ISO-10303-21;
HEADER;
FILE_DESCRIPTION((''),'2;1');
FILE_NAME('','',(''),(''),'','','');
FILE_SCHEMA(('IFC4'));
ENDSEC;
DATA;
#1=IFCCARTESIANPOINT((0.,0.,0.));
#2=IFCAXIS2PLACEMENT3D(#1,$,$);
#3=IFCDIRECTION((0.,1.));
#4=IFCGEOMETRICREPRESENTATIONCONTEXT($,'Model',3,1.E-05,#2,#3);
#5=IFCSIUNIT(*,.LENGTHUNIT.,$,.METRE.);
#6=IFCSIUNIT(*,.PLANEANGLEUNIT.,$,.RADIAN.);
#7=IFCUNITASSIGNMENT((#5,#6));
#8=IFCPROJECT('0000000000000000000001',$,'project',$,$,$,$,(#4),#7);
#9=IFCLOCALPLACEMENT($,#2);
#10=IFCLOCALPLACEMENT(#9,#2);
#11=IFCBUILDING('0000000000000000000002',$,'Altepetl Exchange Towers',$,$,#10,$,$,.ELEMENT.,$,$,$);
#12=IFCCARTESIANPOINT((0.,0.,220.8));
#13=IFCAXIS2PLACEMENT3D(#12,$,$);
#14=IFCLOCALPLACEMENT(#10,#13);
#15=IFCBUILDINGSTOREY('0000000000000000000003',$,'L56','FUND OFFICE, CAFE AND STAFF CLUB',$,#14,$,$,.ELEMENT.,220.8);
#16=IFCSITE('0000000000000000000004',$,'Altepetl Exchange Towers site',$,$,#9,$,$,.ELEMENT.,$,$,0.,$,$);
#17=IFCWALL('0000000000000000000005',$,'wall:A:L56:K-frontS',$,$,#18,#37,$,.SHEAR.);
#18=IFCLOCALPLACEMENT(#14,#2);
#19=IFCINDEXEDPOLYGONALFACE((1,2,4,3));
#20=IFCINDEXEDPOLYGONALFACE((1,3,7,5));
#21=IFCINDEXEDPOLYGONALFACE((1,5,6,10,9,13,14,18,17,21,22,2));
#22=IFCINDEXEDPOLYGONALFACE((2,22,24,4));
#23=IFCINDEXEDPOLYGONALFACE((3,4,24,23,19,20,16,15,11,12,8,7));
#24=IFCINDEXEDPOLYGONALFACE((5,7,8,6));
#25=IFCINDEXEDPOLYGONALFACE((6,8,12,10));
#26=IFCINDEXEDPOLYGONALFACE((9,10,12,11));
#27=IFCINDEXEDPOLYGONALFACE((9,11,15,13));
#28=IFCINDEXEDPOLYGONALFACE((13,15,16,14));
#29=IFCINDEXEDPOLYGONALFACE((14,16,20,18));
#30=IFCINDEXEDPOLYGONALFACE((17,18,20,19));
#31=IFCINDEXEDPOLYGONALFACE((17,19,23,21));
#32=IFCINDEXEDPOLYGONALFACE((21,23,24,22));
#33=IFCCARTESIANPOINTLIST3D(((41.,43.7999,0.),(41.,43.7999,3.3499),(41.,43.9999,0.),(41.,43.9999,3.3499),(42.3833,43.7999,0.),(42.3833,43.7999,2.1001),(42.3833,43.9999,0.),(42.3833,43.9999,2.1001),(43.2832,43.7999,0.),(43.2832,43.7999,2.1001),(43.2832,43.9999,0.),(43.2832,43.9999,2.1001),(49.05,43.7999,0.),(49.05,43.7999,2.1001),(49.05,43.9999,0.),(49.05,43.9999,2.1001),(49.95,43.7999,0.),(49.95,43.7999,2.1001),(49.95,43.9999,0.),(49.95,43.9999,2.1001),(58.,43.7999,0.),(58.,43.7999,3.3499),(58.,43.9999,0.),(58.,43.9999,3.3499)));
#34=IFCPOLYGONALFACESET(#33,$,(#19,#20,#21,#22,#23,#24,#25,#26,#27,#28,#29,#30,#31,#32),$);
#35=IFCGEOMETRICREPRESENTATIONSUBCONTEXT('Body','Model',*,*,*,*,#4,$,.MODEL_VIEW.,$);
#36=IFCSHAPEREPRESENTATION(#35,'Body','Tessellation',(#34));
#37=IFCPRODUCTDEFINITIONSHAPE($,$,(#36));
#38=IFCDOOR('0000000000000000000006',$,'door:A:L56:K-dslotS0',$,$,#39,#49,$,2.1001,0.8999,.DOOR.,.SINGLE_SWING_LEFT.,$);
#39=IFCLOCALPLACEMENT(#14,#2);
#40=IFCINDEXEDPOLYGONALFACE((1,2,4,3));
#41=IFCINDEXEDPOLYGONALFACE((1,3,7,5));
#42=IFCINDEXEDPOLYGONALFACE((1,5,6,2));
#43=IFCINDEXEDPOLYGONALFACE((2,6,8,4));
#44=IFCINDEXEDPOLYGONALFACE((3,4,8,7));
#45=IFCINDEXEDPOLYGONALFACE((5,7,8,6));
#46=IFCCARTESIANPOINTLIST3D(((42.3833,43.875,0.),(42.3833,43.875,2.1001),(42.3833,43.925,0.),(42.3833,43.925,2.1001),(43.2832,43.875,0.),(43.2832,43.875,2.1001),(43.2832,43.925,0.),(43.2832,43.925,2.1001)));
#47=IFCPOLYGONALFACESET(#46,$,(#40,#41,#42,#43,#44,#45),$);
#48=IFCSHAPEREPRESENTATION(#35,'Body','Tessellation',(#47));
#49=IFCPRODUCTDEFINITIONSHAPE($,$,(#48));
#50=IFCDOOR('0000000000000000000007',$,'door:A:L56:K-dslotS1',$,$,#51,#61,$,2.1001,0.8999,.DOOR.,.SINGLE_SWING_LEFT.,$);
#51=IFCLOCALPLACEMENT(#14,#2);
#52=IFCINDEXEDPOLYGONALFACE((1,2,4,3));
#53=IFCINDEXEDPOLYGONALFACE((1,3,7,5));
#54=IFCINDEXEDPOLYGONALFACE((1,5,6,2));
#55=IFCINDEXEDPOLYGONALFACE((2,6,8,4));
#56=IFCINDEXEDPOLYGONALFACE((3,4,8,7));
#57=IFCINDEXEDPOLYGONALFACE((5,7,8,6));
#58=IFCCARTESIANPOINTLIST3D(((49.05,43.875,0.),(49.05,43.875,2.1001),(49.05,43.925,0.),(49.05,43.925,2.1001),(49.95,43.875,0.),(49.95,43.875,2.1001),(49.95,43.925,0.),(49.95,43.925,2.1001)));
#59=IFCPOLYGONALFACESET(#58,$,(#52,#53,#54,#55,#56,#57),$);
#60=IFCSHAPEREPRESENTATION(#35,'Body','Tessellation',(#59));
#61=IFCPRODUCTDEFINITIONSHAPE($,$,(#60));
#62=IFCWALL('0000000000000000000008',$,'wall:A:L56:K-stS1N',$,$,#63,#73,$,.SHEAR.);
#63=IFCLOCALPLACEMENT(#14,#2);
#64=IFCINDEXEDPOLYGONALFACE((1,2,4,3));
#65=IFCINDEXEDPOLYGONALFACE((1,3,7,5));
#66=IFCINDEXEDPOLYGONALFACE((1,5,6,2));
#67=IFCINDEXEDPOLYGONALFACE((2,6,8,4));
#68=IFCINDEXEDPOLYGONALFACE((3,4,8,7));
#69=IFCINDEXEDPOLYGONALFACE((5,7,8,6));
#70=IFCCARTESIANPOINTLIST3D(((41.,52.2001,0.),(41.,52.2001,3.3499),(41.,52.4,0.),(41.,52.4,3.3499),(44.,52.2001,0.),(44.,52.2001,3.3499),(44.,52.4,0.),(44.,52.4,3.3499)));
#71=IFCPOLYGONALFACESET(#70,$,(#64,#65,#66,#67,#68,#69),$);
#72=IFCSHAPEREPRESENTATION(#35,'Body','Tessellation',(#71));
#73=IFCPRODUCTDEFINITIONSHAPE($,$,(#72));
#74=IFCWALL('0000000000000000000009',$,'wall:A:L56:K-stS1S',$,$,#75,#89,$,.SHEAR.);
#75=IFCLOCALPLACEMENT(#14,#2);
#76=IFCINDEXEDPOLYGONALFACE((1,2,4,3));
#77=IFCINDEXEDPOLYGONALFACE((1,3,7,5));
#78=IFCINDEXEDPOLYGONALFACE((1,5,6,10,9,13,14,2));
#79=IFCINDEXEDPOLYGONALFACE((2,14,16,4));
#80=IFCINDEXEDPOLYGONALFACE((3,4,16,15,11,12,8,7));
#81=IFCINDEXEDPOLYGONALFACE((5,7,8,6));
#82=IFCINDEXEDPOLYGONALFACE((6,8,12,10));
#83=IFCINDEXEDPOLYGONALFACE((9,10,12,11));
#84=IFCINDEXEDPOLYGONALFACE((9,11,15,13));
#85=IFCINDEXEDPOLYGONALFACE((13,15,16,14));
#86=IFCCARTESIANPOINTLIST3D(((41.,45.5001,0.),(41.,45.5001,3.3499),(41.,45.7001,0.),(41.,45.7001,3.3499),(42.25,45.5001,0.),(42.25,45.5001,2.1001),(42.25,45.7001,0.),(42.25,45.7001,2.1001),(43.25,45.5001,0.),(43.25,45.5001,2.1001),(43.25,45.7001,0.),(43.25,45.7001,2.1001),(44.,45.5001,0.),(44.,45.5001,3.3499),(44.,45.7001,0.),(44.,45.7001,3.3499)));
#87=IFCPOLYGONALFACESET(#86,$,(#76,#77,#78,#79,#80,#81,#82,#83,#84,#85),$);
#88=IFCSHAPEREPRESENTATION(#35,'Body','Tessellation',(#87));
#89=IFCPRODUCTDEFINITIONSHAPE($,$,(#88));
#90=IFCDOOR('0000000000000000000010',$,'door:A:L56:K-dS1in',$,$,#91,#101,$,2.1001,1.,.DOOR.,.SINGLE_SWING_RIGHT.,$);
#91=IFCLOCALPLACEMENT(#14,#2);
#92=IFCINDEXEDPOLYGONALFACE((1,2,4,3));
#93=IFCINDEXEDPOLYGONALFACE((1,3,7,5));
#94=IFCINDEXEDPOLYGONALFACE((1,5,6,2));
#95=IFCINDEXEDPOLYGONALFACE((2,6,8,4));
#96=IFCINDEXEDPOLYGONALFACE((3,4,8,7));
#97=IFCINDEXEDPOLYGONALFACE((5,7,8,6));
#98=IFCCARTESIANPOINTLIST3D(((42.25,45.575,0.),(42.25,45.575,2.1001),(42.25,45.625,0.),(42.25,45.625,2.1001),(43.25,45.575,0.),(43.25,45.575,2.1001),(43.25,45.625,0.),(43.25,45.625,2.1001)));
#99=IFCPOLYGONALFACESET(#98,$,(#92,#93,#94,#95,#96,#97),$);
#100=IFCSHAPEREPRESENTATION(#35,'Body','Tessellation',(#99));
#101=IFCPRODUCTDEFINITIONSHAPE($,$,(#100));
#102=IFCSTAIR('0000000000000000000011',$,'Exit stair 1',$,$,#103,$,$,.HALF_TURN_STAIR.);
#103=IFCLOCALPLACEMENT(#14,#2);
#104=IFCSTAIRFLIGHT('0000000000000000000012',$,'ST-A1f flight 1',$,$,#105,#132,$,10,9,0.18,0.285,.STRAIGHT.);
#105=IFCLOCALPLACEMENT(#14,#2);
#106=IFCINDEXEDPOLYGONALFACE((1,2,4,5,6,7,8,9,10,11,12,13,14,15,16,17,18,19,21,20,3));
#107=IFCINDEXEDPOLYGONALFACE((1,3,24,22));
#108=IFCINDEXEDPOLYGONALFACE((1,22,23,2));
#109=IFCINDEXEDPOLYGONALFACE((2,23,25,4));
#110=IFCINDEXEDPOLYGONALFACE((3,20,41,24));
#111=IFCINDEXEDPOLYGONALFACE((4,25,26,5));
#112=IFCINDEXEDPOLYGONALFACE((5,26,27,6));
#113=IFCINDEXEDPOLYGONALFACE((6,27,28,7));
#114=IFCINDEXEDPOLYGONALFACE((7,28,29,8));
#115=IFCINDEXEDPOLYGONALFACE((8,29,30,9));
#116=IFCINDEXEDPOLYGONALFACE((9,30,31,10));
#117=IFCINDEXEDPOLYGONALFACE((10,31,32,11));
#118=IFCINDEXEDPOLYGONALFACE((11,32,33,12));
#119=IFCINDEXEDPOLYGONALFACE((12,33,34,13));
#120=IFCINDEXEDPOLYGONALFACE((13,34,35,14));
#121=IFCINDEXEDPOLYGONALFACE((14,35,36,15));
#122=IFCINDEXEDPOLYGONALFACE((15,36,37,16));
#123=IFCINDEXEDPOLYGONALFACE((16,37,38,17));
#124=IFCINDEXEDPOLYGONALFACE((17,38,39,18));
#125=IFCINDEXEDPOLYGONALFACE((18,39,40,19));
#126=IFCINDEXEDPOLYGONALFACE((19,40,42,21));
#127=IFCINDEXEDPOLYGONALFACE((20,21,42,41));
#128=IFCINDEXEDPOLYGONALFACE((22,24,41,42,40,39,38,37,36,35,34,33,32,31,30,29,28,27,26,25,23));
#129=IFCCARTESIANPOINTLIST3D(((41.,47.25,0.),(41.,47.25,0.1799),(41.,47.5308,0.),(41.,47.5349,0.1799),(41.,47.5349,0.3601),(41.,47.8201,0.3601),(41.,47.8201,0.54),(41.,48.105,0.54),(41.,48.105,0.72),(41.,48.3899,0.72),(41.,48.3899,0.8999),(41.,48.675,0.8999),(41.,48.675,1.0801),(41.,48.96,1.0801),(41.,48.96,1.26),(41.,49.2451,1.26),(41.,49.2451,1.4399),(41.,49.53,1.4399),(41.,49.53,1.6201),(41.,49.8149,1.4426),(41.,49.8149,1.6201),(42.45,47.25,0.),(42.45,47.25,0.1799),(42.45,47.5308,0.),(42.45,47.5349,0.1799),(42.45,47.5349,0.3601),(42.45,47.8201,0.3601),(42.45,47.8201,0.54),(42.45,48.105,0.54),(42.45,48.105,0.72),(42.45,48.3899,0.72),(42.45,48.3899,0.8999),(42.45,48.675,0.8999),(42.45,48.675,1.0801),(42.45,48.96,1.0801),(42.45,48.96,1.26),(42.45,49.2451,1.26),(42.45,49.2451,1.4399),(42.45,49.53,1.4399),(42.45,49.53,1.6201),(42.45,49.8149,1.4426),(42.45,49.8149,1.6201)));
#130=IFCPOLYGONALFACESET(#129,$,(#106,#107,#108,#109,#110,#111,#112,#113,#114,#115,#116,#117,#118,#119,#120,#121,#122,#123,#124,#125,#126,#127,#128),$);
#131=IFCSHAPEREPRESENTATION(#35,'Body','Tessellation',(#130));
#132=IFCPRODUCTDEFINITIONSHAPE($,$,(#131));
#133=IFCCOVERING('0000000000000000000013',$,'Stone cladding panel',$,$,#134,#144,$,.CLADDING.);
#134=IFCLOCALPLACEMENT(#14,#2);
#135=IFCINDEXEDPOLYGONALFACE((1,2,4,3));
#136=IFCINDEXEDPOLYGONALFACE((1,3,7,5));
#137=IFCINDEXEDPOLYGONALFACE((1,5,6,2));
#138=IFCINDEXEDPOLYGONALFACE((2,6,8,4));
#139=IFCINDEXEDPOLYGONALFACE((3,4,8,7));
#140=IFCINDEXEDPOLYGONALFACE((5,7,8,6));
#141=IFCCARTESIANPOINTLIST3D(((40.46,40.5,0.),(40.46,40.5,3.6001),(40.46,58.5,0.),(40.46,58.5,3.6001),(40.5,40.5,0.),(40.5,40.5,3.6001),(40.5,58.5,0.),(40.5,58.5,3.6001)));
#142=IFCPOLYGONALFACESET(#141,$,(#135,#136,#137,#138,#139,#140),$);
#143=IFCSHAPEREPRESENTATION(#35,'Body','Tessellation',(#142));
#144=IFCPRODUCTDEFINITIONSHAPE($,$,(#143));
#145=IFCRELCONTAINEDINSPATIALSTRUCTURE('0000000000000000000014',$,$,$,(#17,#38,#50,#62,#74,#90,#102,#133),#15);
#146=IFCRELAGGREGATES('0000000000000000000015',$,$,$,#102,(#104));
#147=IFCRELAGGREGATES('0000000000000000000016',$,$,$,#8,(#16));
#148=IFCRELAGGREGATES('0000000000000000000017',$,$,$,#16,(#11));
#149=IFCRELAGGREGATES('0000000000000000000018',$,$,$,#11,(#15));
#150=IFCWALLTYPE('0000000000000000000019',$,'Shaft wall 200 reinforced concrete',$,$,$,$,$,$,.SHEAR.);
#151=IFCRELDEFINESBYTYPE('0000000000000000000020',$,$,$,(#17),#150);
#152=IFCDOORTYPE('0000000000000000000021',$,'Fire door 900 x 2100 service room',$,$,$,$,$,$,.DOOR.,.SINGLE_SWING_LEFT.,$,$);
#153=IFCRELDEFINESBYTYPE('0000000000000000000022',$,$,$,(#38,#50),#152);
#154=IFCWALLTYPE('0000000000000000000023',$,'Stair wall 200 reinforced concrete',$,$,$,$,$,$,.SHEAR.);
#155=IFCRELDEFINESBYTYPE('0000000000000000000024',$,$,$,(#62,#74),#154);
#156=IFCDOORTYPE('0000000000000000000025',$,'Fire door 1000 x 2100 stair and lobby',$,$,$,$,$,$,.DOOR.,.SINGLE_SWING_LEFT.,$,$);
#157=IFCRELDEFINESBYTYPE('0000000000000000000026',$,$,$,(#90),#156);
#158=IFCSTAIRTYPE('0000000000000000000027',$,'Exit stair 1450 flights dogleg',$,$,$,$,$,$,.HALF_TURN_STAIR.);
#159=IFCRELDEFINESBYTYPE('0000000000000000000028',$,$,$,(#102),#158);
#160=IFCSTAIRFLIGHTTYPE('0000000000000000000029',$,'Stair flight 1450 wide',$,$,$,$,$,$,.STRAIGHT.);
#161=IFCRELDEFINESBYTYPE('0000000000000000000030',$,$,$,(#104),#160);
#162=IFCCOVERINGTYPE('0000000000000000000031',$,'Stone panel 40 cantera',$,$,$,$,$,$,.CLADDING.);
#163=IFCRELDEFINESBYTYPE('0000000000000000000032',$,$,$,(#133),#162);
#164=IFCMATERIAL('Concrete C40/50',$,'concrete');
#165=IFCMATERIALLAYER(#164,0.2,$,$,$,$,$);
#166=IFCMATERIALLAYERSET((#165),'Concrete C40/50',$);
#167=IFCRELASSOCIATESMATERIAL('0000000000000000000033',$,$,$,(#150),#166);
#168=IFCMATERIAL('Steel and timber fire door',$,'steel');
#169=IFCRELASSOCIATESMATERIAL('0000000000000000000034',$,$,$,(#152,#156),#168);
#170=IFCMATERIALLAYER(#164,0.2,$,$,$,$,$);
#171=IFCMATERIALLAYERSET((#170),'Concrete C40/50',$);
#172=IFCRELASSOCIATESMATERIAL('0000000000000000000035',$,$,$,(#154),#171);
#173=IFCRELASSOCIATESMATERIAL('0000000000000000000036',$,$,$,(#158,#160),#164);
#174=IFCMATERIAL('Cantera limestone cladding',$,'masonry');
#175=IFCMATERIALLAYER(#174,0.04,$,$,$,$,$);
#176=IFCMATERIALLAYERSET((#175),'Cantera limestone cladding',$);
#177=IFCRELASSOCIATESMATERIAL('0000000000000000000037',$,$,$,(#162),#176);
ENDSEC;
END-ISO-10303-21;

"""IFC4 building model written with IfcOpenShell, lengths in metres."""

from ifc_helpers import new_model, si_unit, direction, frame, frame_2d, origin, origin_2d, place, context, subcontext, project, spatial, polyline, rectangle, outline, extrude, material, layer, layer_set, type_object, element, fill, aggregate, save


model = new_model("IFC4")

# Units and contexts
model_context = context("Model", 3, precision=1e-05, world=origin(), true_north=direction((0.0, 1.0)))
body_context = subcontext(model_context, "Body", "Model", "MODEL_VIEW")
ifc_project = project(units=[si_unit("LENGTHUNIT", "METRE"), si_unit("PLANEANGLEUNIT", "RADIAN")], contexts=[model_context])

# Site, building, storey
site_placement = place(None, origin())
site = spatial("IfcSite", under=ifc_project, at=site_placement, Name="Altepetl Exchange Towers site", CompositionType="ELEMENT", RefElevation=0.0)
building_placement = place(site_placement, origin())
building = spatial("IfcBuilding", under=site, at=building_placement, Name="Altepetl Exchange Towers", CompositionType="ELEMENT")
storey_placement = place(building_placement, frame((0.0, 0.0, 220.8)))
storey = spatial("IfcBuildingStorey", under=building, at=storey_placement, Name="L56", Description="FUND OFFICE, CAFE AND STAFF CLUB", CompositionType="ELEMENT", Elevation=220.8)

# Wall, openings, doors
ifc_material_1 = material(Name="Concrete C40/50", Category="concrete")
ifc_layer_1 = layer(ifc_material_1, 0.2)
ifc_layer_set_1 = layer_set([ifc_layer_1], Name="Concrete C40/50")
wall_type_1 = type_object("IfcWallType", Name="Shaft wall 200 reinforced concrete", PredefinedType="SHEAR", material=ifc_layer_set_1)
wall_1_placement = place(storey_placement, frame((41.0, 43.8999, 0.0)))
wall_1 = element("IfcWall", 1, at=wall_1_placement, inside=storey, type_object=wall_type_1, Name="wall:A:L56:K-frontS", PredefinedType="SHEAR", context=body_context, shape_type="SweptSolid", body=[
    extrude(rectangle(XDim=17.0, YDim=0.2, at=frame_2d((8.5, 0.0))), origin(), (0.0, 0.0, 1.0), 3.3499),
])
opening_1_placement = place(wall_1_placement, frame((1.3833, 0.0, 0.0)))
opening_1 = element("IfcOpeningElement", 2, at=opening_1_placement, cuts=wall_1, PredefinedType="OPENING", context=body_context, shape_type="SweptSolid", body=[
    extrude(rectangle(XDim=0.8999, YDim=2.1001, at=frame_2d((0.45, 1.05))), frame((0.0, 0.1099, 0.0), z_axis=(0.0, -1.0, 0.0), x_axis=(1.0, 0.0, 0.0)), (0.0, 0.0, 1.0), 0.22),
])
opening_2_placement = place(wall_1_placement, frame((8.05, 0.0, 0.0)))
opening_2 = element("IfcOpeningElement", 3, at=opening_2_placement, cuts=wall_1, PredefinedType="OPENING", context=body_context, shape_type="SweptSolid", body=[
    extrude(rectangle(XDim=0.8999, YDim=2.1001, at=frame_2d((0.45, 1.05))), frame((0.0, 0.1099, 0.0), z_axis=(0.0, -1.0, 0.0), x_axis=(1.0, 0.0, 0.0)), (0.0, 0.0, 1.0), 0.22),
])
ifc_material_2 = material(Name="Steel and timber fire door", Category="steel")
door_type_1 = type_object("IfcDoorType", Name="Fire door 900 x 2100 service room", OperationType="SINGLE_SWING_LEFT", PredefinedType="DOOR", material=ifc_material_2)
door_1_placement = place(opening_1_placement, frame((0.8999, 0.0, 0.0), x_axis=(-1.0, 0.0, 0.0)))
door_1 = element("IfcDoor", 4, at=door_1_placement, inside=storey, type_object=door_type_1, Name="door:A:L56:K-dslotS0", OperationType="SINGLE_SWING_LEFT", OverallHeight=2.1001, OverallWidth=0.8999, PredefinedType="DOOR", context=body_context, shape_type="SweptSolid", body=[
    extrude(rectangle(XDim=0.8999, YDim=2.1001, at=frame_2d((0.45, 1.05))), frame((0.0, 0.0249, 0.0), z_axis=(0.0, -1.0, 0.0), x_axis=(1.0, 0.0, 0.0)), (0.0, 0.0, 1.0), 0.05),
])
fill(opening_1, door_1)
door_2_placement = place(opening_2_placement, frame((0.8999, 0.0, 0.0), x_axis=(-1.0, 0.0, 0.0)))
door_2 = element("IfcDoor", 5, at=door_2_placement, inside=storey, type_object=door_type_1, Name="door:A:L56:K-dslotS1", OperationType="SINGLE_SWING_LEFT", OverallHeight=2.1001, OverallWidth=0.8999, PredefinedType="DOOR", context=body_context, shape_type="SweptSolid", body=[
    extrude(rectangle(XDim=0.8999, YDim=2.1001, at=frame_2d((0.45, 1.05))), frame((0.0, 0.0249, 0.0), z_axis=(0.0, -1.0, 0.0), x_axis=(1.0, 0.0, 0.0)), (0.0, 0.0, 1.0), 0.05),
])
fill(opening_2, door_2)

# Wall
ifc_layer_2 = layer(ifc_material_1, 0.2)
ifc_layer_set_2 = layer_set([ifc_layer_2], Name="Concrete C40/50")
wall_type_2 = type_object("IfcWallType", Name="Stair wall 200 reinforced concrete", PredefinedType="SHEAR", material=ifc_layer_set_2)
wall_2_placement = place(storey_placement, frame((41.0, 52.3, 0.0)))
element("IfcWall", 6, at=wall_2_placement, inside=storey, type_object=wall_type_2, Name="wall:A:L56:K-stS1N", PredefinedType="SHEAR", context=body_context, shape_type="SweptSolid", body=[
    extrude(rectangle(XDim=3.0, YDim=0.2, at=frame_2d((1.5, 0.0))), origin(), (0.0, 0.0, 1.0), 3.3499),
])

# Wall, opening, door
wall_3_placement = place(storey_placement, frame((41.0, 45.6001, 0.0)))
wall_3 = element("IfcWall", 7, at=wall_3_placement, inside=storey, type_object=wall_type_2, Name="wall:A:L56:K-stS1S", PredefinedType="SHEAR", context=body_context, shape_type="SweptSolid", body=[
    extrude(rectangle(XDim=3.0, YDim=0.2, at=frame_2d((1.5, 0.0))), origin(), (0.0, 0.0, 1.0), 3.3499),
])
opening_3_placement = place(wall_3_placement, frame((1.25, 0.0, 0.0)))
opening_3 = element("IfcOpeningElement", 8, at=opening_3_placement, cuts=wall_3, PredefinedType="OPENING", context=body_context, shape_type="SweptSolid", body=[
    extrude(rectangle(XDim=1.0, YDim=2.1001, at=frame_2d((0.5, 1.05))), frame((0.0, 0.1099, 0.0), z_axis=(0.0, -1.0, 0.0), x_axis=(1.0, 0.0, 0.0)), (0.0, 0.0, 1.0), 0.22),
])
door_type_2 = type_object("IfcDoorType", Name="Fire door 1000 x 2100 stair and lobby", OperationType="SINGLE_SWING_LEFT", PredefinedType="DOOR", material=ifc_material_2)
door_3_placement = place(opening_3_placement, origin())
door_3 = element("IfcDoor", 9, at=door_3_placement, inside=storey, type_object=door_type_2, Name="door:A:L56:K-dS1in", OperationType="SINGLE_SWING_RIGHT", OverallHeight=2.1001, OverallWidth=1.0, PredefinedType="DOOR", context=body_context, shape_type="SweptSolid", body=[
    extrude(rectangle(XDim=1.0, YDim=2.1001, at=frame_2d((0.5, 1.05))), frame((0.0, 0.0249, 0.0), z_axis=(0.0, -1.0, 0.0), x_axis=(1.0, 0.0, 0.0)), (0.0, 0.0, 1.0), 0.05),
])
fill(opening_3, door_3)

# Stair, stair flight
stair_type = type_object("IfcStairType", Name="Exit stair 1450 flights dogleg", PredefinedType="HALF_TURN_STAIR", material=ifc_material_1)
stair_placement = place(storey_placement, origin())
stair = element("IfcStair", 10, at=stair_placement, inside=storey, type_object=stair_type, Name="Exit stair 1", PredefinedType="HALF_TURN_STAIR")
stair_flight_type = type_object("IfcStairFlightType", Name="Stair flight 1450 wide", PredefinedType="STRAIGHT", material=ifc_material_1)
stair_flight_placement = place(storey_placement, frame((41.7251, 47.25, 0.0), z_axis=(0.0, 0.0, 1.0), x_axis=(0.0, 1.0, 0.0)))
stair_flight = element("IfcStairFlight", 11, at=stair_flight_placement, type_object=stair_flight_type, Name="ST-A1f flight 1", NumberOfRisers=10, NumberOfTreads=9, PredefinedType="STRAIGHT", RiserHeight=0.18, TreadLength=0.285, context=body_context, shape_type="SweptSolid", body=[
    extrude(outline(polyline([(0.0, 0.0), (0.0, 0.1799), (0.2849, 0.1799), (0.2849, 0.3601), (0.5701, 0.3601), (0.5701, 0.54), (0.855, 0.54), (0.855, 0.72), (1.1399, 0.72), (1.1399, 0.8999), (1.425, 0.8999), (1.425, 1.0801), (1.71, 1.0801), (1.71, 1.26), (1.9951, 1.26), (1.9951, 1.4399), (2.28, 1.4399), (2.28, 1.6201), (2.5649, 1.6201), (2.5649, 1.8), (2.5649, 1.4426), (0.2808, 0.0), (0.0, 0.0)])), frame((0.0, 0.7251, 0.0), z_axis=(0.0, -1.0, 0.0), x_axis=(1.0, 0.0, 0.0)), (0.0, 0.0, 1.0), 1.45),
])
aggregate(stair, [stair_flight])

# Covering
ifc_material_3 = material(Name="Cantera limestone cladding", Category="masonry")
ifc_layer_3 = layer(ifc_material_3, 0.04)
ifc_layer_set_3 = layer_set([ifc_layer_3], Name="Cantera limestone cladding")
covering_type = type_object("IfcCoveringType", Name="Stone panel 40 cantera", PredefinedType="CLADDING", material=ifc_layer_set_3)
covering_placement = place(storey_placement, frame((40.48, 49.5, 0.0), z_axis=(0.0, 0.0, 1.0), x_axis=(0.0, -1.0, 0.0)))
element("IfcCovering", 12, at=covering_placement, inside=storey, type_object=covering_type, Name="Stone cladding panel", PredefinedType="CLADDING", context=body_context, shape_type="SweptSolid", body=[
    extrude(rectangle(XDim=18.0, YDim=0.04, at=origin_2d()), origin(), (0.0, 0.0, 1.0), 3.6001),
])

save(model, "model.ifc")
